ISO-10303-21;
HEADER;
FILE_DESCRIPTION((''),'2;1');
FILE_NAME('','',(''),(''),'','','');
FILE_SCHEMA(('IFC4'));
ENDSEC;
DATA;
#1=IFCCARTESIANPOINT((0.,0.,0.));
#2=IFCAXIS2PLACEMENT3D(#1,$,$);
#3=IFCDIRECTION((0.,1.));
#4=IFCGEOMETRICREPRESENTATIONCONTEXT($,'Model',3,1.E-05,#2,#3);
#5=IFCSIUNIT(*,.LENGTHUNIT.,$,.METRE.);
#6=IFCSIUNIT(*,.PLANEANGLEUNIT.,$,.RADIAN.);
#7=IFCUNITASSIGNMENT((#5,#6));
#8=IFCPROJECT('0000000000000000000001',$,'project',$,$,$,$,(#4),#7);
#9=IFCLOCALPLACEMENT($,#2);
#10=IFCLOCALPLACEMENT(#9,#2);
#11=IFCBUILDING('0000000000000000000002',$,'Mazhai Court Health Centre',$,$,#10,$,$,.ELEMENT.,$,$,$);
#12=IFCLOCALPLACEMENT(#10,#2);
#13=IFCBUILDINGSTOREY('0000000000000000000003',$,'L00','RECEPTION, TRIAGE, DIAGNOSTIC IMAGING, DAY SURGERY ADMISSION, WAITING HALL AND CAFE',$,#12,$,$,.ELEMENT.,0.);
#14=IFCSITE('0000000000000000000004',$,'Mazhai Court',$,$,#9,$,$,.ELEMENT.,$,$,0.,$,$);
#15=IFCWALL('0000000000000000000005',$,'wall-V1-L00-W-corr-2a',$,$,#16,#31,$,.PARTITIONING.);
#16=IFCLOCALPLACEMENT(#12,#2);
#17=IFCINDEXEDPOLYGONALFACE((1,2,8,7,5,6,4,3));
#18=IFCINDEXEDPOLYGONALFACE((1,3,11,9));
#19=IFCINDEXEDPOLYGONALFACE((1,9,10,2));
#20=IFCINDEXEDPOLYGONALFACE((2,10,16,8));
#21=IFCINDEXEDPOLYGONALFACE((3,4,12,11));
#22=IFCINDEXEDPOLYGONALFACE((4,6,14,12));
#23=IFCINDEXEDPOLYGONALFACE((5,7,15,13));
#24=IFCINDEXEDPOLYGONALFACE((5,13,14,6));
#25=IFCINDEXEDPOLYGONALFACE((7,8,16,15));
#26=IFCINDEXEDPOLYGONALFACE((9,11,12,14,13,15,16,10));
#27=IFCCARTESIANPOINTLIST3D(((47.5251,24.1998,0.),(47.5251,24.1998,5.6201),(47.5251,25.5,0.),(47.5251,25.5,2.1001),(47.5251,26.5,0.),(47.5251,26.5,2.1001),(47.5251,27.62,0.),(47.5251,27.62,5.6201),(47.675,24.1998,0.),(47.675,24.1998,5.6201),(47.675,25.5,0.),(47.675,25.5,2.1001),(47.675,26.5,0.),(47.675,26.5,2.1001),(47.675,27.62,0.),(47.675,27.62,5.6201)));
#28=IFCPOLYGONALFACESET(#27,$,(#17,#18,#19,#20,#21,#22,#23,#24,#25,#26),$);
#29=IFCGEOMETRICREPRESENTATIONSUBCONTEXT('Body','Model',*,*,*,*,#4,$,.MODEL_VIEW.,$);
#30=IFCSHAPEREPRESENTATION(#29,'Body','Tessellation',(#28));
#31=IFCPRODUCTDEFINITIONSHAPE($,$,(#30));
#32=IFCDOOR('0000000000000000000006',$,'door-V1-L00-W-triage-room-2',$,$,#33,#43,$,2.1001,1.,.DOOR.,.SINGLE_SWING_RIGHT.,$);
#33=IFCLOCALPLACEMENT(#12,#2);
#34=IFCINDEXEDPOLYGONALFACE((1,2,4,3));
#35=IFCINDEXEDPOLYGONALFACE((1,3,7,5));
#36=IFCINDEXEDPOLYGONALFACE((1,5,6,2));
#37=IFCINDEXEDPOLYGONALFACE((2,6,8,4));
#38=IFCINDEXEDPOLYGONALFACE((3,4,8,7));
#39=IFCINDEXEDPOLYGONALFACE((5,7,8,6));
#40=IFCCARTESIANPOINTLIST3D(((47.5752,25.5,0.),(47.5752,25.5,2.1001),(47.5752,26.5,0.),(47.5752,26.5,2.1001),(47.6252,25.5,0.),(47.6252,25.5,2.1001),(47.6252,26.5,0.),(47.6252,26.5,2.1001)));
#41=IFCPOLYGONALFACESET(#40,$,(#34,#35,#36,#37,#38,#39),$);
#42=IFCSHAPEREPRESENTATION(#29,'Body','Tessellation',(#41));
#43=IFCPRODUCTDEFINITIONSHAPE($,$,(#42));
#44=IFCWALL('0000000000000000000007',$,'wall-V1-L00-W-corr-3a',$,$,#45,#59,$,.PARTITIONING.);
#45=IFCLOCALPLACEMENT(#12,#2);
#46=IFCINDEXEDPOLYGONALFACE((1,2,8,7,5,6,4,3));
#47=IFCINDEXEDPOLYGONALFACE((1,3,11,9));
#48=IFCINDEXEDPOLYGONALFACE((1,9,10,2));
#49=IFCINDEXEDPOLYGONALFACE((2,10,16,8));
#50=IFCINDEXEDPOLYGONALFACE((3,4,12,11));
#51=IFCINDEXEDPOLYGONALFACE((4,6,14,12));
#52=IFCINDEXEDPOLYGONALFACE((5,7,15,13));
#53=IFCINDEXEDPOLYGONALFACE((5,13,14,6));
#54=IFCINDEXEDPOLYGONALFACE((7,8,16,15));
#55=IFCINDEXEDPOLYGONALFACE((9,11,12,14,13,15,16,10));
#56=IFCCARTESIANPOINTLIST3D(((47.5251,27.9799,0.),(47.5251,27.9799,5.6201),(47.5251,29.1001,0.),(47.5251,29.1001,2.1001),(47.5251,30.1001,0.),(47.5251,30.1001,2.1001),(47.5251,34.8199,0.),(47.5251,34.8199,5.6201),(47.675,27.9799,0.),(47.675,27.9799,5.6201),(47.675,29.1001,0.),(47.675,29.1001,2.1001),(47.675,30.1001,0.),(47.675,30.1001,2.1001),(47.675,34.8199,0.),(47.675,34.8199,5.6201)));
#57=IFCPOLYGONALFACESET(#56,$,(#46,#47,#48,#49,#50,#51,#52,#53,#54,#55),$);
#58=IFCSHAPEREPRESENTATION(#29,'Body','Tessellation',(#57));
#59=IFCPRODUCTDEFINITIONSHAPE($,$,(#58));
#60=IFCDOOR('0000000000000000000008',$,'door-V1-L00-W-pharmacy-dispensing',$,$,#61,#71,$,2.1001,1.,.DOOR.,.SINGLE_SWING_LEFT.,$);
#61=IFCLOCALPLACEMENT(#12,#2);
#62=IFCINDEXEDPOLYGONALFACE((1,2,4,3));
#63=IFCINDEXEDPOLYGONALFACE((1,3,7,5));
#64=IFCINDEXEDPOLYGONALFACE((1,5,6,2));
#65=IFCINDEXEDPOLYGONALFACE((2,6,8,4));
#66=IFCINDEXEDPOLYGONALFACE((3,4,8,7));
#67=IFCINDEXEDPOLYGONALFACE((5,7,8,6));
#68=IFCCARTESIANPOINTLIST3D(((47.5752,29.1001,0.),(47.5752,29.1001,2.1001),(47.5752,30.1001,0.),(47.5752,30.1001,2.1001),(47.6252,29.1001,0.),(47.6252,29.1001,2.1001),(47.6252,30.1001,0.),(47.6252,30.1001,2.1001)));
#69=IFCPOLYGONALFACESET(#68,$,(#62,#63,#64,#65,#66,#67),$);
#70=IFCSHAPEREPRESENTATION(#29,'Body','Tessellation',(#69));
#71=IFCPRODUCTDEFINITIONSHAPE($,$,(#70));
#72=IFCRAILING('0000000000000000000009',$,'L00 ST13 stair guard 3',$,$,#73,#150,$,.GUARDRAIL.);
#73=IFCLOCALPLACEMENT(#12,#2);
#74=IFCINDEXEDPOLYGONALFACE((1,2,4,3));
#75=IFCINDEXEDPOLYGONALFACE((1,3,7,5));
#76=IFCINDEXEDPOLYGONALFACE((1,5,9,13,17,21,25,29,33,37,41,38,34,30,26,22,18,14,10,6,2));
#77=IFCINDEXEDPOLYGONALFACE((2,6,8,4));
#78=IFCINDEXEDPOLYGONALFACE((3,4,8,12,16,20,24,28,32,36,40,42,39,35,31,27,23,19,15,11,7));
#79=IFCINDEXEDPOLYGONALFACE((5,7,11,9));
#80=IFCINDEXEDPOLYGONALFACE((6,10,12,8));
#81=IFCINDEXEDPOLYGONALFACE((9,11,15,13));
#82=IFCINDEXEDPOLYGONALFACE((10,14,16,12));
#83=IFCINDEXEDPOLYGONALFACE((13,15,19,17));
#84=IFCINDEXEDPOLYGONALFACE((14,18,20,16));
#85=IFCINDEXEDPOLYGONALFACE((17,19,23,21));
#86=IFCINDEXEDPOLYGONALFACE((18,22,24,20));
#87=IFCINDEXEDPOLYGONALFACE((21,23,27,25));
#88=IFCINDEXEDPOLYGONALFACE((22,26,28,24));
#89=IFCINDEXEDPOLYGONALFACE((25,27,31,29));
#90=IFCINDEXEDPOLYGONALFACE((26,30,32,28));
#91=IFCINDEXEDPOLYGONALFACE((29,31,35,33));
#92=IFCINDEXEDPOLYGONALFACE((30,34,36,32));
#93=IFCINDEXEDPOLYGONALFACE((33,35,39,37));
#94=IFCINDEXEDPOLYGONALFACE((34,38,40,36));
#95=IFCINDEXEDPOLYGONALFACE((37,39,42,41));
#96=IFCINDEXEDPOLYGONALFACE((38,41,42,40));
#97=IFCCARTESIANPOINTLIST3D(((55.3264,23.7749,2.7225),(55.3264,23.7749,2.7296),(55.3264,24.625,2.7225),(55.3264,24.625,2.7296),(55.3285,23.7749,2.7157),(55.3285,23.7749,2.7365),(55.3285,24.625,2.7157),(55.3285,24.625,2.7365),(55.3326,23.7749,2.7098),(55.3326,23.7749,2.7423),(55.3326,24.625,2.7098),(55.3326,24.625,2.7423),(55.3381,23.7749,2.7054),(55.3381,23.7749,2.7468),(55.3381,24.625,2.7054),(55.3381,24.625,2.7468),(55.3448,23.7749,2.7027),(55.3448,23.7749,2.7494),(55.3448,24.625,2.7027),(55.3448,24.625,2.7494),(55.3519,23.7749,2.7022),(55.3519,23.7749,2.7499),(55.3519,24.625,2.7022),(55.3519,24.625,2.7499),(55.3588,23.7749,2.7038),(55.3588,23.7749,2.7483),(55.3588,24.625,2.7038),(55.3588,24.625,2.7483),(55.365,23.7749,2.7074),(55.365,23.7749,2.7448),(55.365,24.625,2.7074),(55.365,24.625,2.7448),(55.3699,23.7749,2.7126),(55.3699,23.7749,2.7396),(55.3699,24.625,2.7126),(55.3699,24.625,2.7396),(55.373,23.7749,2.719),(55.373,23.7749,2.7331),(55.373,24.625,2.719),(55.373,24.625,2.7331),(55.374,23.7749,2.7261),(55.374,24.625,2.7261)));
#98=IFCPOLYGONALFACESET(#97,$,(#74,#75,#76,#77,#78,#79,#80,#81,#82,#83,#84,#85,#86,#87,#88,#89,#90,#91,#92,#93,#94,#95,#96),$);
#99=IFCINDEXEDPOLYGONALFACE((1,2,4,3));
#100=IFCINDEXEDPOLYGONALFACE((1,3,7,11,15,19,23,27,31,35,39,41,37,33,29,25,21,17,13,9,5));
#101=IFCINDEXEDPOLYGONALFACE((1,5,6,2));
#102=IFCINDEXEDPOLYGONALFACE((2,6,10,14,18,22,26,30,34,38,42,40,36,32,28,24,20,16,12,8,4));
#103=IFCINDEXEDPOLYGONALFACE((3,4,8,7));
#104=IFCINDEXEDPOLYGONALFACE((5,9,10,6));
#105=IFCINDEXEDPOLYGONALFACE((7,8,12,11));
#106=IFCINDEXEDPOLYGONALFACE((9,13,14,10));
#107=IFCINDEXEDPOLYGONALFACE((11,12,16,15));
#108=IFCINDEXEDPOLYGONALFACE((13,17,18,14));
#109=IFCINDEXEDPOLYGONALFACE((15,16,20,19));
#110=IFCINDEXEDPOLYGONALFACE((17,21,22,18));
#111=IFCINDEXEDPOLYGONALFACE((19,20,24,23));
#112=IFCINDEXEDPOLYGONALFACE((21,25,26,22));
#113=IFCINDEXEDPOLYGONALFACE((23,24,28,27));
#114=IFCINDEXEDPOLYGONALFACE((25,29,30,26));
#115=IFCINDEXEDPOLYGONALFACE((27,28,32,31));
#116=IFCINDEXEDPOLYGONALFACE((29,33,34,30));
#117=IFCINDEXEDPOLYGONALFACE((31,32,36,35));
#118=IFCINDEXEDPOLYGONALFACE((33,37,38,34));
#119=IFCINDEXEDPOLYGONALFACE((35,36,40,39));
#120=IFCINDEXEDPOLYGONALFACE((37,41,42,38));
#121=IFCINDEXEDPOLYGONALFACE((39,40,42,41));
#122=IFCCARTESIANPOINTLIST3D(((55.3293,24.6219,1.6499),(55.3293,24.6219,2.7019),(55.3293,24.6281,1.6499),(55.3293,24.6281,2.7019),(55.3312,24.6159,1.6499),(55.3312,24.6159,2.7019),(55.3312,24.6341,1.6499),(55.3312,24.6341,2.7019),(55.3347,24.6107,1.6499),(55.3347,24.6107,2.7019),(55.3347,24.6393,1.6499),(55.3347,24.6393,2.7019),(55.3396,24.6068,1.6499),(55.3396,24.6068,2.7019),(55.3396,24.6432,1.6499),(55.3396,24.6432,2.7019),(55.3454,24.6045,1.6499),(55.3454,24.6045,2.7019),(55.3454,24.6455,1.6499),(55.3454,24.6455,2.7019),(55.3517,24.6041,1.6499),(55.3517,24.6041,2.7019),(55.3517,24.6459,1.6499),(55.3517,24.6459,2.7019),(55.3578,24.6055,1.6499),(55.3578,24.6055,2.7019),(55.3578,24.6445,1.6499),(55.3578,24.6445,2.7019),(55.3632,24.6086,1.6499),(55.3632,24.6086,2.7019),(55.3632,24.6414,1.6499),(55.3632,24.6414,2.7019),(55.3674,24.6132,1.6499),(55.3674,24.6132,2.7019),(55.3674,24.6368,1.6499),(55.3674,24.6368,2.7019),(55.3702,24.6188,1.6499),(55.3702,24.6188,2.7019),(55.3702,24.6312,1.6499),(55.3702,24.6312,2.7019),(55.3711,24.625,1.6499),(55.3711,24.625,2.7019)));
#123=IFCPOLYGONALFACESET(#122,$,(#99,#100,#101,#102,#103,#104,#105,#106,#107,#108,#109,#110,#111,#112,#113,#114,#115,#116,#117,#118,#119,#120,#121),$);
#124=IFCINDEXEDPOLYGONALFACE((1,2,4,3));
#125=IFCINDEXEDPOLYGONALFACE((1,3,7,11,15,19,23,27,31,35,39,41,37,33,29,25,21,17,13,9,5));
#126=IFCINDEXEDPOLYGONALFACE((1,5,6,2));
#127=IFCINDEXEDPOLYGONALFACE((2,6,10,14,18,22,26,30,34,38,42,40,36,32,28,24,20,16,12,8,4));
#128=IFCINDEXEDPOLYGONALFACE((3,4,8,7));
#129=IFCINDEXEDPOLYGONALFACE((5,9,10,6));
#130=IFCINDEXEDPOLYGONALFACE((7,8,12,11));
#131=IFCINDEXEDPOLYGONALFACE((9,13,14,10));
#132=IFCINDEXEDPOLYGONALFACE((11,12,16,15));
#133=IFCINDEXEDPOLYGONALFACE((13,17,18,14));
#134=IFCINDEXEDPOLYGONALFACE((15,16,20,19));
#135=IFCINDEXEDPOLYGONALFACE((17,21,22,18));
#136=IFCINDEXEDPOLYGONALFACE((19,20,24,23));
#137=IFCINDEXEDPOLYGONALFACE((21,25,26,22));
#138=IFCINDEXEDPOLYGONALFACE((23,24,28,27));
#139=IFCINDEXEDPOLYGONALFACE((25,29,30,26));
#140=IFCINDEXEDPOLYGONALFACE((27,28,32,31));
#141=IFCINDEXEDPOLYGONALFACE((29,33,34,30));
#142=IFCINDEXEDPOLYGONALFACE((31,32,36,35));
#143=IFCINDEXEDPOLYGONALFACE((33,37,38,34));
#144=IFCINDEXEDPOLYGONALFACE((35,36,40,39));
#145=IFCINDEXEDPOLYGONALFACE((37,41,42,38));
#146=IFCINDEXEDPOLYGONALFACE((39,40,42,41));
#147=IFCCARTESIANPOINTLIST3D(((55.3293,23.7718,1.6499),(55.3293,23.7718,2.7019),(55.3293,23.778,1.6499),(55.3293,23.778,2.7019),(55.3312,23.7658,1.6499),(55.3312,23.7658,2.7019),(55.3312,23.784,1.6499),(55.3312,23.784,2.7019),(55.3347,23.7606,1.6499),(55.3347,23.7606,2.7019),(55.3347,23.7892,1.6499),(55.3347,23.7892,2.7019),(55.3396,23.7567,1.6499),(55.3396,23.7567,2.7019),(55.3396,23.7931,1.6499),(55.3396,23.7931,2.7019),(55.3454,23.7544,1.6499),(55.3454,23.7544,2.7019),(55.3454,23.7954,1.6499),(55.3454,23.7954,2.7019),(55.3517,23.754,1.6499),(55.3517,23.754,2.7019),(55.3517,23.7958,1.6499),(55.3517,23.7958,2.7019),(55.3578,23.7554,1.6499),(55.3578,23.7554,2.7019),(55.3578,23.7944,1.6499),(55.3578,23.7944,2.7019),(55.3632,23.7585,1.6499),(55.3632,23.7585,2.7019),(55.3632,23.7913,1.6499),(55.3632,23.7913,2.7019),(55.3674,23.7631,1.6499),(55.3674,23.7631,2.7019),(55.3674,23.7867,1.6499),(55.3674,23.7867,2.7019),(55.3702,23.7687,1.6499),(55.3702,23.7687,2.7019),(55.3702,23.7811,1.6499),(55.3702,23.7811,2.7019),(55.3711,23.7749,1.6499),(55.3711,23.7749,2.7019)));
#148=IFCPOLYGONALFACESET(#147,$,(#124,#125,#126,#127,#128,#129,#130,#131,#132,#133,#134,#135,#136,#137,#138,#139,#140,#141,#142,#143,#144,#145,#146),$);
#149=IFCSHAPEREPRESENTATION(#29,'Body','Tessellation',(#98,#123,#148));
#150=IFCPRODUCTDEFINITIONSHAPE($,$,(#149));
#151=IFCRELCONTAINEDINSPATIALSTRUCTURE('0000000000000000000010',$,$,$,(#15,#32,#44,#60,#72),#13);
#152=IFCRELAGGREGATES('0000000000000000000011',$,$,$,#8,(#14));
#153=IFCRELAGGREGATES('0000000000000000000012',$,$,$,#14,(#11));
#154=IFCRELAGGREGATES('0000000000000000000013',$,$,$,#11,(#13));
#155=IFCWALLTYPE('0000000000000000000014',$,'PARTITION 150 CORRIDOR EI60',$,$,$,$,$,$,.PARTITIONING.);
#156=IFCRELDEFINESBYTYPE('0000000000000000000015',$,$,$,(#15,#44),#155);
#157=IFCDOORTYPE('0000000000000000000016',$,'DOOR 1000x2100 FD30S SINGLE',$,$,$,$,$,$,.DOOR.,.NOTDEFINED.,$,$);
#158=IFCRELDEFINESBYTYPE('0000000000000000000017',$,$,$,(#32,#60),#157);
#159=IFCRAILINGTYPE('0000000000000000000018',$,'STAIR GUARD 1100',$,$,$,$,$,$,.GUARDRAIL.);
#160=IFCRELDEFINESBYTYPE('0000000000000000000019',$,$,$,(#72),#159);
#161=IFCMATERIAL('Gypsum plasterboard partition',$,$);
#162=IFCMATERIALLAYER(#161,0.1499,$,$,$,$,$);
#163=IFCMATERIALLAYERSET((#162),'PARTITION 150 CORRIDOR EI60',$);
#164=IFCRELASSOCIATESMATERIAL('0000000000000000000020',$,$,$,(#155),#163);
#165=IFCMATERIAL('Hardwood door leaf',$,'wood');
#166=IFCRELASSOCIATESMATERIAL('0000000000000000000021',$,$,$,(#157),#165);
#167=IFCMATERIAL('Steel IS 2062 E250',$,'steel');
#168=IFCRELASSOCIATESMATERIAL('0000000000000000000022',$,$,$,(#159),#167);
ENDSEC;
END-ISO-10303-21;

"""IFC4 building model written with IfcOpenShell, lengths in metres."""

from ifc_helpers import new_model, si_unit, direction, frame, frame_2d, origin, origin_2d, place, context, subcontext, project, spatial, rectangle, circle, extrude, material, layer, layer_set, type_object, element, fill, save


model = new_model("IFC4")

# Units and contexts
model_context = context("Model", 3, precision=1e-05, world=origin(), true_north=direction((0.0, 1.0)))
body_context = subcontext(model_context, "Body", "Model", "MODEL_VIEW")
ifc_project = project(units=[si_unit("LENGTHUNIT", "METRE"), si_unit("PLANEANGLEUNIT", "RADIAN")], contexts=[model_context])

# Site, building, storey
site_placement = place(None, origin())
site = spatial("IfcSite", under=ifc_project, at=site_placement, Name="Mazhai Court", CompositionType="ELEMENT", RefElevation=0.0)
building_placement = place(site_placement, origin())
building = spatial("IfcBuilding", under=site, at=building_placement, Name="Mazhai Court Health Centre", CompositionType="ELEMENT")
storey_placement = place(building_placement, origin())
storey = spatial("IfcBuildingStorey", under=building, at=storey_placement, Name="L00", Description="RECEPTION, TRIAGE, DIAGNOSTIC IMAGING, DAY SURGERY ADMISSION, WAITING HALL AND CAFE", CompositionType="ELEMENT", Elevation=0.0)

# Walls, openings, doors
ifc_material_1 = material(Name="Gypsum plasterboard partition")
ifc_layer = layer(ifc_material_1, 0.1499)
ifc_layer_set = layer_set([ifc_layer], Name="PARTITION 150 CORRIDOR EI60")
wall_type = type_object("IfcWallType", Name="PARTITION 150 CORRIDOR EI60", PredefinedType="PARTITIONING", material=ifc_layer_set)
wall_1_placement = place(storey_placement, frame((47.6001, 24.2, 0.0), z_axis=(0.0, 0.0, 1.0), x_axis=(0.0, 1.0, 0.0)))
wall_1 = element("IfcWall", 1, at=wall_1_placement, inside=storey, type_object=wall_type, Name="wall-V1-L00-W-corr-2a", PredefinedType="PARTITIONING", context=body_context, shape_type="SweptSolid", body=[
    extrude(rectangle(XDim=3.4202, YDim=0.1499, at=frame_2d((1.71, 0.0))), origin(), (0.0, 0.0, 1.0), 5.6201),
])
opening_1_placement = place(wall_1_placement, frame((1.3, 0.0, 0.0)))
opening_1 = element("IfcOpeningElement", 2, at=opening_1_placement, cuts=wall_1, PredefinedType="OPENING", context=body_context, shape_type="SweptSolid", body=[
    extrude(rectangle(XDim=1.0, YDim=2.1001, at=frame_2d((0.5, 1.05))), frame((0.0, 0.085, 0.0), z_axis=(0.0, -1.0, 0.0), x_axis=(1.0, 0.0, 0.0)), (0.0, 0.0, 1.0), 0.1699),
])
ifc_material_2 = material(Name="Hardwood door leaf", Category="wood")
door_type = type_object("IfcDoorType", Name="DOOR 1000x2100 FD30S SINGLE", OperationType="NOTDEFINED", PredefinedType="DOOR", material=ifc_material_2)
door_1_placement = place(opening_1_placement, origin())
door_1 = element("IfcDoor", 3, at=door_1_placement, inside=storey, type_object=door_type, Name="door-V1-L00-W-triage-room-2", OperationType="SINGLE_SWING_RIGHT", OverallHeight=2.1001, OverallWidth=1.0, PredefinedType="DOOR", context=body_context, shape_type="SweptSolid", body=[
    extrude(rectangle(XDim=1.0, YDim=2.1001, at=frame_2d((0.5, 1.05))), frame((0.0, 0.0249, 0.0), z_axis=(0.0, -1.0, 0.0), x_axis=(1.0, 0.0, 0.0)), (0.0, 0.0, 1.0), 0.05),
])
fill(opening_1, door_1)
wall_2_placement = place(storey_placement, frame((47.6001, 27.98, 0.0), z_axis=(0.0, 0.0, 1.0), x_axis=(0.0, 1.0, 0.0)))
wall_2 = element("IfcWall", 4, at=wall_2_placement, inside=storey, type_object=wall_type, Name="wall-V1-L00-W-corr-3a", PredefinedType="PARTITIONING", context=body_context, shape_type="SweptSolid", body=[
    extrude(rectangle(XDim=6.8401, YDim=0.1499, at=frame_2d((3.4199, 0.0))), origin(), (0.0, 0.0, 1.0), 5.6201),
])
opening_2_placement = place(wall_2_placement, frame((1.1201, 0.0, 0.0)))
opening_2 = element("IfcOpeningElement", 5, at=opening_2_placement, cuts=wall_2, PredefinedType="OPENING", context=body_context, shape_type="SweptSolid", body=[
    extrude(rectangle(XDim=1.0, YDim=2.1001, at=frame_2d((0.5, 1.05))), frame((0.0, 0.085, 0.0), z_axis=(0.0, -1.0, 0.0), x_axis=(1.0, 0.0, 0.0)), (0.0, 0.0, 1.0), 0.1699),
])
door_2_placement = place(opening_2_placement, origin())
door_2 = element("IfcDoor", 6, at=door_2_placement, inside=storey, type_object=door_type, Name="door-V1-L00-W-pharmacy-dispensing", OperationType="SINGLE_SWING_LEFT", OverallHeight=2.1001, OverallWidth=1.0, PredefinedType="DOOR", context=body_context, shape_type="SweptSolid", body=[
    extrude(rectangle(XDim=1.0, YDim=2.1001, at=frame_2d((0.5, 1.05))), frame((0.0, 0.0249, 0.0), z_axis=(0.0, -1.0, 0.0), x_axis=(1.0, 0.0, 0.0)), (0.0, 0.0, 1.0), 0.05),
])
fill(opening_2, door_2)

# Railing
ifc_material_3 = material(Name="Steel IS 2062 E250", Category="steel")
railing_type_1 = type_object("IfcRailingType", Name="STAIR GUARD 1100", PredefinedType="GUARDRAIL", material=ifc_material_3)
railing_1_placement = place(storey_placement, frame((55.3501, 24.625, 1.6499)))
element("IfcRailing", 7, at=railing_1_placement, inside=storey, type_object=railing_type_1, Name="L00 ST13 stair guard 3", PredefinedType="GUARDRAIL", context=body_context, shape_type="SweptSolid", body=[
    extrude(circle(Radius=0.0239, at=origin_2d()), frame((0.0, 0.0, 1.0762), z_axis=(0.0, -1.0, 0.0), x_axis=(1.0, 0.0, 0.0)), (0.0, 0.0, 1.0), 0.8501),
    extrude(circle(Radius=0.021, at=origin_2d()), origin(), (0.0, 0.0, 1.0), 1.052),
    extrude(circle(Radius=0.021, at=origin_2d()), frame((0.0, -0.8501, 0.0)), (0.0, 0.0, 1.0), 1.052),
])

save(model, "model.ifc")
